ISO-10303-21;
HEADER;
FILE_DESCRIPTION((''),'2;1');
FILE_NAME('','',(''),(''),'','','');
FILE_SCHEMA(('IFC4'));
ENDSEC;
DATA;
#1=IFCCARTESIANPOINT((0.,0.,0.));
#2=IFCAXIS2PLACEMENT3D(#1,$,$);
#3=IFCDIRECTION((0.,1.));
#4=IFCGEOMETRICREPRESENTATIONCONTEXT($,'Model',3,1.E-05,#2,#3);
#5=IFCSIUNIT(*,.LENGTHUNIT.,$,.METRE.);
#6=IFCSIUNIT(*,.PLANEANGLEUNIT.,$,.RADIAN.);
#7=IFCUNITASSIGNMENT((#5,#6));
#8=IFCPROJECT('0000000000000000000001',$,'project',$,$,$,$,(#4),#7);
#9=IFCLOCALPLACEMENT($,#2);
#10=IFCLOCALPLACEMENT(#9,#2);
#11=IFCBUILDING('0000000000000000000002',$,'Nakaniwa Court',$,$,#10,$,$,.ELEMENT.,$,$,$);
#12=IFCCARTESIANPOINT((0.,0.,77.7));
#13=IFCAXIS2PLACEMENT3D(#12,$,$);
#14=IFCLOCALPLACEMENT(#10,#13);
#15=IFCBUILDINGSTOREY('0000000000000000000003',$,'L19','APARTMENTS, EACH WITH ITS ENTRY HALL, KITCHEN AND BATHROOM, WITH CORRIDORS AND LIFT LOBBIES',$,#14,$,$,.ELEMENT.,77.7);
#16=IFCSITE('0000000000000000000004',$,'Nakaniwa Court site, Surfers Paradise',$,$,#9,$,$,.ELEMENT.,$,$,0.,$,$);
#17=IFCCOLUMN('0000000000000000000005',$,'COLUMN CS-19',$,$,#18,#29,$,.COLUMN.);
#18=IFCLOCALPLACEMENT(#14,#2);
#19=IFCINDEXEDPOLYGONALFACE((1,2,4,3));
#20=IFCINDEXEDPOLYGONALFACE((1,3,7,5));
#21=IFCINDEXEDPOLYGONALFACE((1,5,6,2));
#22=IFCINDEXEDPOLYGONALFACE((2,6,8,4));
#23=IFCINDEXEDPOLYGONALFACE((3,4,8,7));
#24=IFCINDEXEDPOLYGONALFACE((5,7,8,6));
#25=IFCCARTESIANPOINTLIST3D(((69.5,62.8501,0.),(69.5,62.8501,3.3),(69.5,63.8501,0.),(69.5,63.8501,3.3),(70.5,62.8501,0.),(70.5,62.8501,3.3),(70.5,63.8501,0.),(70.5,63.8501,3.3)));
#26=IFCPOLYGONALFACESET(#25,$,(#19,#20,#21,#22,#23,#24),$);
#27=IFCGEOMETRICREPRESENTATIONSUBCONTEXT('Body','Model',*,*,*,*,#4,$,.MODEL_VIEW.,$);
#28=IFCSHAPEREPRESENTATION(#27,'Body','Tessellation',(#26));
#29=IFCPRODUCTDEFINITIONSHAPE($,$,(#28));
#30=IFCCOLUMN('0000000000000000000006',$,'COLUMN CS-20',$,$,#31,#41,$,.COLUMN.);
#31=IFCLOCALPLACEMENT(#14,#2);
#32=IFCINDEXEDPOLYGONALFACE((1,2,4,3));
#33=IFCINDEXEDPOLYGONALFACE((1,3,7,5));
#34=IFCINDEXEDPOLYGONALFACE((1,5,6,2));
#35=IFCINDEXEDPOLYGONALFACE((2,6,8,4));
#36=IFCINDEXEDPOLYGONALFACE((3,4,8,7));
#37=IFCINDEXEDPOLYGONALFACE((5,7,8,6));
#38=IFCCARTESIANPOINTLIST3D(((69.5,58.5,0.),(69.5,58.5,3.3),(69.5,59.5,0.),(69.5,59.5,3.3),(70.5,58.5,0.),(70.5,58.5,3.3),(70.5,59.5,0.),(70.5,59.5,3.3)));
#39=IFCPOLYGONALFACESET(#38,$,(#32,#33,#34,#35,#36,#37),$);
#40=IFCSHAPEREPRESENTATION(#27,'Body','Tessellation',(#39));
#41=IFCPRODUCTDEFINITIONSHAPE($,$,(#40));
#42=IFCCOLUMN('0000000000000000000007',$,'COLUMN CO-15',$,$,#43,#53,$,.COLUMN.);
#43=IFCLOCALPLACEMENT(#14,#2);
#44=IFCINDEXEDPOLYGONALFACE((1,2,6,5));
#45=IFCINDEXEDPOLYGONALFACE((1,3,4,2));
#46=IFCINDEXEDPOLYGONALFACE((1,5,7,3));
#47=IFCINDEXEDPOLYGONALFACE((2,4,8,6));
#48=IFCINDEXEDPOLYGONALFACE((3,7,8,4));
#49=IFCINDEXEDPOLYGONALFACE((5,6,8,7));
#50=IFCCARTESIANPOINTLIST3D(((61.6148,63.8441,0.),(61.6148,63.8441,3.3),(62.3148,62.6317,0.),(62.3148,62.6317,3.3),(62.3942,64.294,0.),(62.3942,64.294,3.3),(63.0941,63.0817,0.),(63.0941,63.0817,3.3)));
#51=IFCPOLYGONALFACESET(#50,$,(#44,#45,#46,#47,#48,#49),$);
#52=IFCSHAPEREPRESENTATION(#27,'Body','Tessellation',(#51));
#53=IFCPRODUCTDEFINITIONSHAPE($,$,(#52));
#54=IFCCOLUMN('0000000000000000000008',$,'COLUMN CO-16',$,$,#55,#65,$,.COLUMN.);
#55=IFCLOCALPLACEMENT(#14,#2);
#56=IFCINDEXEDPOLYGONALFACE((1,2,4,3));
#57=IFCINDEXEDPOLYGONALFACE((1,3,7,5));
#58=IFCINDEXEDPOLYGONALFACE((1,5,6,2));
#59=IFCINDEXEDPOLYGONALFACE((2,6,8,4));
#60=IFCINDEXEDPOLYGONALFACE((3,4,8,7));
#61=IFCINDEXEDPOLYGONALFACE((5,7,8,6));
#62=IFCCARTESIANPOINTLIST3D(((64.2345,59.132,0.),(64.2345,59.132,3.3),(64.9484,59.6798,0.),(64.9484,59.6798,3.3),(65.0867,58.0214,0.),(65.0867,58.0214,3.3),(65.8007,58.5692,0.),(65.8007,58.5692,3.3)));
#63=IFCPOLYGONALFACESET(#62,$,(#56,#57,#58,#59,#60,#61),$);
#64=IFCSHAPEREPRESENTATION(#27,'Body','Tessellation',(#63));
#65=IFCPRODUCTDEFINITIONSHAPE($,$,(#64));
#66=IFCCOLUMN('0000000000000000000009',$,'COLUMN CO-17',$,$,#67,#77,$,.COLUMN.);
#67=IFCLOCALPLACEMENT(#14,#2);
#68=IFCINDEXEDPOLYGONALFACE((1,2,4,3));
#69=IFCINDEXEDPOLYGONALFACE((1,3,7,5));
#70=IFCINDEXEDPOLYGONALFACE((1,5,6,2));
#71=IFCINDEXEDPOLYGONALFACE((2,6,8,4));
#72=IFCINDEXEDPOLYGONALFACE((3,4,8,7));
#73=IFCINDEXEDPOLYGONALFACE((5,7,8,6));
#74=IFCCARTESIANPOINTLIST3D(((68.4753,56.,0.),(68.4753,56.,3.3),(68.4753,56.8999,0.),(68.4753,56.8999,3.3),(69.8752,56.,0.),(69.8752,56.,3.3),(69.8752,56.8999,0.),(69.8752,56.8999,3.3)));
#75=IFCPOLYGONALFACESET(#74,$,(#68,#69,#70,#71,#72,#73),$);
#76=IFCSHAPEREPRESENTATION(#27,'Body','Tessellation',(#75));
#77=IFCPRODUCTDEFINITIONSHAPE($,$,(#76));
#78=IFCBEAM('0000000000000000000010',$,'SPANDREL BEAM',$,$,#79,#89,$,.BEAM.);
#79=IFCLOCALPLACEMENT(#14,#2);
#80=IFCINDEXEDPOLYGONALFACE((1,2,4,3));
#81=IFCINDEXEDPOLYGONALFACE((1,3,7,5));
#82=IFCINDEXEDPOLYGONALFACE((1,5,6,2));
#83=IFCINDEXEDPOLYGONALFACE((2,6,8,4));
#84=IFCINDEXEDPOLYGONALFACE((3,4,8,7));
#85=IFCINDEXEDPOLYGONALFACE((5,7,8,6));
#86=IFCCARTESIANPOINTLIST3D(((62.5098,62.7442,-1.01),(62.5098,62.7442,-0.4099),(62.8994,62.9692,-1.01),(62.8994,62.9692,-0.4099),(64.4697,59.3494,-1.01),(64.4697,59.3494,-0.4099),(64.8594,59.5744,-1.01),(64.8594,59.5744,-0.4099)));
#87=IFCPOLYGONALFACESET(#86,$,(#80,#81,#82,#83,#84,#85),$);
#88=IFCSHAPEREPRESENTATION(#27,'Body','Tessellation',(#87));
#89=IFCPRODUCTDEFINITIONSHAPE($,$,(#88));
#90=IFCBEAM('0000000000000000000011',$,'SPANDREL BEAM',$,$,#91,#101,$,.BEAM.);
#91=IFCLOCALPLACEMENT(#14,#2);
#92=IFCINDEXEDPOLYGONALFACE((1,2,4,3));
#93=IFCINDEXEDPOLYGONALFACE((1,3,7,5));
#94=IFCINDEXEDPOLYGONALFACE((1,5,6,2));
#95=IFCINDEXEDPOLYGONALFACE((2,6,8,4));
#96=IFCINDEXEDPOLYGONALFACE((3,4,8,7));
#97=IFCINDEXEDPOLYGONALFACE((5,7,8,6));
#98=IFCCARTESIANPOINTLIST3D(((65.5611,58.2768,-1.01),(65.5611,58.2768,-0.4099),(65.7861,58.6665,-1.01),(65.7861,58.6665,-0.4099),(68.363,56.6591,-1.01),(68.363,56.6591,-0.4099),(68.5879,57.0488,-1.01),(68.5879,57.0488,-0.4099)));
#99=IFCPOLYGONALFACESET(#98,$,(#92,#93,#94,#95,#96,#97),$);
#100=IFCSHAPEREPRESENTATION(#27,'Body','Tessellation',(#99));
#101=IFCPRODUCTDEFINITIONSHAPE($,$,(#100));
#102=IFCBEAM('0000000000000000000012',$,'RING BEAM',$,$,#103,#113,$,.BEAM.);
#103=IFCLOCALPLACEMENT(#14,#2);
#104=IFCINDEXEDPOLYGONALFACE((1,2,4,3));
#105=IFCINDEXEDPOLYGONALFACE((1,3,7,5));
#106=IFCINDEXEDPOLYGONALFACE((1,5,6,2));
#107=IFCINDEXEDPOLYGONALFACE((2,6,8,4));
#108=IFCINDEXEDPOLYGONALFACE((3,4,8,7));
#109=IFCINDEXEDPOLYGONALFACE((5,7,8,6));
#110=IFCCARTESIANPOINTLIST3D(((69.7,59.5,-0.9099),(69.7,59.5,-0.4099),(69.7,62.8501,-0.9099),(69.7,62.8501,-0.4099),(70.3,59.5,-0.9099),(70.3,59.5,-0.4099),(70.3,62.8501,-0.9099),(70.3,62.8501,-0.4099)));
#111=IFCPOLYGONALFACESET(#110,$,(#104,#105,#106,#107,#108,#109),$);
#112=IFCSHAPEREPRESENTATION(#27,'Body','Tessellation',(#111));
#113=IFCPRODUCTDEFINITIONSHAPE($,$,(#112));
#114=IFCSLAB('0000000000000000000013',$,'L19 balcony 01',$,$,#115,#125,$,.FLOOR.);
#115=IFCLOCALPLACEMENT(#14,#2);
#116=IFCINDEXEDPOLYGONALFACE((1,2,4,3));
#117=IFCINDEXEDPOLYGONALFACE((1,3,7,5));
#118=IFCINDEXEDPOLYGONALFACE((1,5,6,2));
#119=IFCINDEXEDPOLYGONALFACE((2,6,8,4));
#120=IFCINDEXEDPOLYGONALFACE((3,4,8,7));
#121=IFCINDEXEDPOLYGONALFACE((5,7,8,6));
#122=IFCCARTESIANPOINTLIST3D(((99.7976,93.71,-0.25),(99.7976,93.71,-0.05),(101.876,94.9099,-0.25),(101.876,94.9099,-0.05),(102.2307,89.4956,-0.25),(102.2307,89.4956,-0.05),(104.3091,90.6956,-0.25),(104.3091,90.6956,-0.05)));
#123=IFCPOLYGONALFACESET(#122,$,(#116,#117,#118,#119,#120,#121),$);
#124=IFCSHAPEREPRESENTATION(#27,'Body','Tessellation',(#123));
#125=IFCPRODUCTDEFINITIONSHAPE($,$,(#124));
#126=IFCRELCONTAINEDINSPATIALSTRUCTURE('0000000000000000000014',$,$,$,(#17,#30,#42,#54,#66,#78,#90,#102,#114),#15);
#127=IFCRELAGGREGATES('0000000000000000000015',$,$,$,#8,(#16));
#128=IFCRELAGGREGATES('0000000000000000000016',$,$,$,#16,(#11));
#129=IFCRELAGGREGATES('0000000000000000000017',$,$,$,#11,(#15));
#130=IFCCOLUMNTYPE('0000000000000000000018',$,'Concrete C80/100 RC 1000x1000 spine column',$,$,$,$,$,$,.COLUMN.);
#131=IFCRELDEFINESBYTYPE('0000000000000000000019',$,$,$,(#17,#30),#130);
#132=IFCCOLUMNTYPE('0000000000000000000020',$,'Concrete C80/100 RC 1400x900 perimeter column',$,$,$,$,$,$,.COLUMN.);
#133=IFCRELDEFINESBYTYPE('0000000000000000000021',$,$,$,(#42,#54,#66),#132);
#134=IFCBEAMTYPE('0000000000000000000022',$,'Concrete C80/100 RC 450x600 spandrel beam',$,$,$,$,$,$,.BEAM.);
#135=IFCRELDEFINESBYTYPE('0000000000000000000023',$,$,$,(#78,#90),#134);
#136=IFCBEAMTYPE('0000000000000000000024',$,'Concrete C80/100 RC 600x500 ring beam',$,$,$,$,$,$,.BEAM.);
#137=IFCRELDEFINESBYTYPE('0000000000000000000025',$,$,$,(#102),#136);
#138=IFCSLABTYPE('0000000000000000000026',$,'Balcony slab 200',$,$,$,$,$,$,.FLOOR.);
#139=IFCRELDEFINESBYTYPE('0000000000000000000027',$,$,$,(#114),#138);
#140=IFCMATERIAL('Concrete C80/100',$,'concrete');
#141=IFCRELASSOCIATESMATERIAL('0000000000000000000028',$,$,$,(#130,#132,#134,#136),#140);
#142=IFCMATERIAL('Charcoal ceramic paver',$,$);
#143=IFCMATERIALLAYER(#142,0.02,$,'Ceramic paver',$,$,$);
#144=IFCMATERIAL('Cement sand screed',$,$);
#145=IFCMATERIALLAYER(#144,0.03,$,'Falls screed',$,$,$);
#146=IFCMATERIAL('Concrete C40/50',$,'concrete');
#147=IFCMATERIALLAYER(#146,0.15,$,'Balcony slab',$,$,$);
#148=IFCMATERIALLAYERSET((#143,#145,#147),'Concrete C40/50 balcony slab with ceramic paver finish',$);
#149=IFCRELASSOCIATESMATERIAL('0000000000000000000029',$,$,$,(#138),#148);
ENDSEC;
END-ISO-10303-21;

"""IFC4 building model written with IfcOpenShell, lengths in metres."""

from ifc_helpers import new_model, si_unit, direction, frame, origin, origin_2d, place, context, subcontext, project, spatial, polyline, rectangle, outline, extrude, material, layer, layer_set, material_profile, profile_set, type_object, element, save


model = new_model("IFC4")

# Units and contexts
model_context = context("Model", 3, precision=1e-05, world=origin(), true_north=direction((0.0, 1.0)))
body_context = subcontext(model_context, "Body", "Model", "MODEL_VIEW")
ifc_project = project(units=[si_unit("LENGTHUNIT", "METRE"), si_unit("PLANEANGLEUNIT", "RADIAN")], contexts=[model_context])

# Site, building, storey
site_placement = place(None, origin())
site = spatial("IfcSite", under=ifc_project, at=site_placement, Name="Nakaniwa Court site, Surfers Paradise", CompositionType="ELEMENT", RefElevation=0.0)
building_placement = place(site_placement, origin())
building = spatial("IfcBuilding", under=site, at=building_placement, Name="Nakaniwa Court", CompositionType="ELEMENT")
storey_placement = place(building_placement, frame((0.0, 0.0, 77.7)))
storey = spatial("IfcBuildingStorey", under=building, at=storey_placement, Name="L19", Description="APARTMENTS, EACH WITH ITS ENTRY HALL, KITCHEN AND BATHROOM, WITH CORRIDORS AND LIFT LOBBIES", CompositionType="ELEMENT", Elevation=77.7)

# Columns
ifc_material_1 = material(Name="Concrete C80/100", Category="concrete")
ifc_material_profile_1 = material_profile(ifc_material_1, rectangle(XDim=1.0, YDim=1.0, at=origin_2d()), Name="Concrete C80/100 RC 1000x1000 spine column")
ifc_profile_set_1 = profile_set([ifc_material_profile_1], Name="Concrete C80/100")
column_type_1 = type_object("IfcColumnType", Name="Concrete C80/100 RC 1000x1000 spine column", PredefinedType="COLUMN", material=ifc_profile_set_1)
for number, where, z_axis, x_axis, name in (
    (1, (70.0, 63.3501, 0.0), (0.0, 0.0, 1.0), (0.0, -1.0, 0.0), "COLUMN CS-19"),
    (2, (70.0, 59.0, 0.0), (0.0, 0.0, 1.0), (0.0, -1.0, 0.0), "COLUMN CS-20"),
):
    element("IfcColumn", number, at=place(storey_placement, frame(where, z_axis=z_axis, x_axis=x_axis)), inside=storey, type_object=column_type_1, Name=name, PredefinedType="COLUMN", context=body_context, shape_type="SweptSolid", body=[
        extrude(rectangle(XDim=1.0, YDim=1.0, at=origin_2d()), origin(), (0.0, 0.0, 1.0), 3.3),
    ])
ifc_material_profile_2 = material_profile(ifc_material_1, rectangle(XDim=1.3999, YDim=0.8999, at=origin_2d()), Name="Concrete C80/100 RC 1400x900 perimeter column")
ifc_profile_set_2 = profile_set([ifc_material_profile_2], Name="Concrete C80/100")
column_type_2 = type_object("IfcColumnType", Name="Concrete C80/100 RC 1400x900 perimeter column", PredefinedType="COLUMN", material=ifc_profile_set_2)
for number, where, z_axis, x_axis, name in (
    (3, (62.3545, 63.4629, 0.0), (0.0, 0.0, 1.0), (0.5, -0.866025, 0.0), "COLUMN CO-15"),
    (4, (65.0176, 58.8506, 0.0), (0.0, 0.0, 1.0), (0.608761, -0.793353, 0.0), "COLUMN CO-16"),
    (5, (69.1753, 56.45, 0.0), (0.0, 0.0, 1.0), (1.0, 0.0, 0.0), "COLUMN CO-17"),
):
    element("IfcColumn", number, at=place(storey_placement, frame(where, z_axis=z_axis, x_axis=x_axis)), inside=storey, type_object=column_type_2, Name=name, PredefinedType="COLUMN", context=body_context, shape_type="SweptSolid", body=[
        extrude(rectangle(XDim=1.3999, YDim=0.8999, at=origin_2d()), origin(), (0.0, 0.0, 1.0), 3.3),
    ])

# Beams
ifc_material_profile_3 = material_profile(ifc_material_1, rectangle(XDim=0.45, YDim=0.6001, at=origin_2d()), Name="Concrete C80/100 RC 450x600 spandrel beam")
ifc_profile_set_3 = profile_set([ifc_material_profile_3], Name="Concrete C80/100")
beam_type_1 = type_object("IfcBeamType", Name="Concrete C80/100 RC 450x600 spandrel beam", PredefinedType="BEAM", material=ifc_profile_set_3)
beam_1_placement = place(storey_placement, frame((62.7046, 62.8567, -0.71), z_axis=(0.499997, -0.866027, 0.0), x_axis=(0.866027, 0.499997, 0.0)))
element("IfcBeam", 6, at=beam_1_placement, inside=storey, type_object=beam_type_1, Name="SPANDREL BEAM", PredefinedType="BEAM", context=body_context, shape_type="SweptSolid", body=[
    extrude(rectangle(XDim=0.45, YDim=0.6001, at=origin_2d()), origin(), (0.0, 0.0, 1.0), 3.9199),
])
beam_2_placement = place(storey_placement, frame((65.6736, 58.4717, -0.71), z_axis=(0.866015, -0.500019, 0.0), x_axis=(0.500019, 0.866015, 0.0)))
element("IfcBeam", 7, at=beam_2_placement, inside=storey, type_object=beam_type_1, Name="SPANDREL BEAM", PredefinedType="BEAM", context=body_context, shape_type="SweptSolid", body=[
    extrude(rectangle(XDim=0.45, YDim=0.6001, at=origin_2d()), origin(), (0.0, 0.0, 1.0), 3.2354),
])
ifc_material_profile_4 = material_profile(ifc_material_1, rectangle(XDim=0.6001, YDim=0.5, at=origin_2d()), Name="Concrete C80/100 RC 600x500 ring beam")
ifc_profile_set_4 = profile_set([ifc_material_profile_4], Name="Concrete C80/100")
beam_type_2 = type_object("IfcBeamType", Name="Concrete C80/100 RC 600x500 ring beam", PredefinedType="BEAM", material=ifc_profile_set_4)
beam_3_placement = place(storey_placement, frame((70.0, 62.8501, -0.6599), z_axis=(0.0, -1.0, 0.0), x_axis=(1.0, 0.0, 0.0)))
element("IfcBeam", 8, at=beam_3_placement, inside=storey, type_object=beam_type_2, Name="RING BEAM", PredefinedType="BEAM", context=body_context, shape_type="SweptSolid", body=[
    extrude(rectangle(XDim=0.6001, YDim=0.5, at=origin_2d()), origin(), (0.0, 0.0, 1.0), 3.3501),
])

# Slab
ifc_material_2 = material(Name="Charcoal ceramic paver")
ifc_layer_1 = layer(ifc_material_2, 0.02, Name="Ceramic paver")
ifc_material_3 = material(Name="Cement sand screed")
ifc_layer_2 = layer(ifc_material_3, 0.03, Name="Falls screed")
ifc_material_4 = material(Name="Concrete C40/50", Category="concrete")
ifc_layer_3 = layer(ifc_material_4, 0.15, Name="Balcony slab")
ifc_layer_set_1 = layer_set([ifc_layer_1, ifc_layer_2, ifc_layer_3], Name="Concrete C40/50 balcony slab with ceramic paver finish")
slab_type_1 = type_object("IfcSlabType", Name="Balcony slab 200", PredefinedType="FLOOR", material=ifc_layer_set_1)
slab_1_placement = place(storey_placement, frame((0.0, 0.0, -0.25)))
element("IfcSlab", 9, at=slab_1_placement, inside=storey, type_object=slab_type_1, Name="L19 balcony 01", PredefinedType="FLOOR", context=body_context, shape_type="SweptSolid", body=[
    extrude(outline(polyline([(102.2307, 89.4956), (99.7976, 93.71), (101.876, 94.9099), (104.3091, 90.6956), (102.2307, 89.4956)])), origin(), (0.0, 0.0, 1.0), 0.2),
])

save(model, "model.ifc")
